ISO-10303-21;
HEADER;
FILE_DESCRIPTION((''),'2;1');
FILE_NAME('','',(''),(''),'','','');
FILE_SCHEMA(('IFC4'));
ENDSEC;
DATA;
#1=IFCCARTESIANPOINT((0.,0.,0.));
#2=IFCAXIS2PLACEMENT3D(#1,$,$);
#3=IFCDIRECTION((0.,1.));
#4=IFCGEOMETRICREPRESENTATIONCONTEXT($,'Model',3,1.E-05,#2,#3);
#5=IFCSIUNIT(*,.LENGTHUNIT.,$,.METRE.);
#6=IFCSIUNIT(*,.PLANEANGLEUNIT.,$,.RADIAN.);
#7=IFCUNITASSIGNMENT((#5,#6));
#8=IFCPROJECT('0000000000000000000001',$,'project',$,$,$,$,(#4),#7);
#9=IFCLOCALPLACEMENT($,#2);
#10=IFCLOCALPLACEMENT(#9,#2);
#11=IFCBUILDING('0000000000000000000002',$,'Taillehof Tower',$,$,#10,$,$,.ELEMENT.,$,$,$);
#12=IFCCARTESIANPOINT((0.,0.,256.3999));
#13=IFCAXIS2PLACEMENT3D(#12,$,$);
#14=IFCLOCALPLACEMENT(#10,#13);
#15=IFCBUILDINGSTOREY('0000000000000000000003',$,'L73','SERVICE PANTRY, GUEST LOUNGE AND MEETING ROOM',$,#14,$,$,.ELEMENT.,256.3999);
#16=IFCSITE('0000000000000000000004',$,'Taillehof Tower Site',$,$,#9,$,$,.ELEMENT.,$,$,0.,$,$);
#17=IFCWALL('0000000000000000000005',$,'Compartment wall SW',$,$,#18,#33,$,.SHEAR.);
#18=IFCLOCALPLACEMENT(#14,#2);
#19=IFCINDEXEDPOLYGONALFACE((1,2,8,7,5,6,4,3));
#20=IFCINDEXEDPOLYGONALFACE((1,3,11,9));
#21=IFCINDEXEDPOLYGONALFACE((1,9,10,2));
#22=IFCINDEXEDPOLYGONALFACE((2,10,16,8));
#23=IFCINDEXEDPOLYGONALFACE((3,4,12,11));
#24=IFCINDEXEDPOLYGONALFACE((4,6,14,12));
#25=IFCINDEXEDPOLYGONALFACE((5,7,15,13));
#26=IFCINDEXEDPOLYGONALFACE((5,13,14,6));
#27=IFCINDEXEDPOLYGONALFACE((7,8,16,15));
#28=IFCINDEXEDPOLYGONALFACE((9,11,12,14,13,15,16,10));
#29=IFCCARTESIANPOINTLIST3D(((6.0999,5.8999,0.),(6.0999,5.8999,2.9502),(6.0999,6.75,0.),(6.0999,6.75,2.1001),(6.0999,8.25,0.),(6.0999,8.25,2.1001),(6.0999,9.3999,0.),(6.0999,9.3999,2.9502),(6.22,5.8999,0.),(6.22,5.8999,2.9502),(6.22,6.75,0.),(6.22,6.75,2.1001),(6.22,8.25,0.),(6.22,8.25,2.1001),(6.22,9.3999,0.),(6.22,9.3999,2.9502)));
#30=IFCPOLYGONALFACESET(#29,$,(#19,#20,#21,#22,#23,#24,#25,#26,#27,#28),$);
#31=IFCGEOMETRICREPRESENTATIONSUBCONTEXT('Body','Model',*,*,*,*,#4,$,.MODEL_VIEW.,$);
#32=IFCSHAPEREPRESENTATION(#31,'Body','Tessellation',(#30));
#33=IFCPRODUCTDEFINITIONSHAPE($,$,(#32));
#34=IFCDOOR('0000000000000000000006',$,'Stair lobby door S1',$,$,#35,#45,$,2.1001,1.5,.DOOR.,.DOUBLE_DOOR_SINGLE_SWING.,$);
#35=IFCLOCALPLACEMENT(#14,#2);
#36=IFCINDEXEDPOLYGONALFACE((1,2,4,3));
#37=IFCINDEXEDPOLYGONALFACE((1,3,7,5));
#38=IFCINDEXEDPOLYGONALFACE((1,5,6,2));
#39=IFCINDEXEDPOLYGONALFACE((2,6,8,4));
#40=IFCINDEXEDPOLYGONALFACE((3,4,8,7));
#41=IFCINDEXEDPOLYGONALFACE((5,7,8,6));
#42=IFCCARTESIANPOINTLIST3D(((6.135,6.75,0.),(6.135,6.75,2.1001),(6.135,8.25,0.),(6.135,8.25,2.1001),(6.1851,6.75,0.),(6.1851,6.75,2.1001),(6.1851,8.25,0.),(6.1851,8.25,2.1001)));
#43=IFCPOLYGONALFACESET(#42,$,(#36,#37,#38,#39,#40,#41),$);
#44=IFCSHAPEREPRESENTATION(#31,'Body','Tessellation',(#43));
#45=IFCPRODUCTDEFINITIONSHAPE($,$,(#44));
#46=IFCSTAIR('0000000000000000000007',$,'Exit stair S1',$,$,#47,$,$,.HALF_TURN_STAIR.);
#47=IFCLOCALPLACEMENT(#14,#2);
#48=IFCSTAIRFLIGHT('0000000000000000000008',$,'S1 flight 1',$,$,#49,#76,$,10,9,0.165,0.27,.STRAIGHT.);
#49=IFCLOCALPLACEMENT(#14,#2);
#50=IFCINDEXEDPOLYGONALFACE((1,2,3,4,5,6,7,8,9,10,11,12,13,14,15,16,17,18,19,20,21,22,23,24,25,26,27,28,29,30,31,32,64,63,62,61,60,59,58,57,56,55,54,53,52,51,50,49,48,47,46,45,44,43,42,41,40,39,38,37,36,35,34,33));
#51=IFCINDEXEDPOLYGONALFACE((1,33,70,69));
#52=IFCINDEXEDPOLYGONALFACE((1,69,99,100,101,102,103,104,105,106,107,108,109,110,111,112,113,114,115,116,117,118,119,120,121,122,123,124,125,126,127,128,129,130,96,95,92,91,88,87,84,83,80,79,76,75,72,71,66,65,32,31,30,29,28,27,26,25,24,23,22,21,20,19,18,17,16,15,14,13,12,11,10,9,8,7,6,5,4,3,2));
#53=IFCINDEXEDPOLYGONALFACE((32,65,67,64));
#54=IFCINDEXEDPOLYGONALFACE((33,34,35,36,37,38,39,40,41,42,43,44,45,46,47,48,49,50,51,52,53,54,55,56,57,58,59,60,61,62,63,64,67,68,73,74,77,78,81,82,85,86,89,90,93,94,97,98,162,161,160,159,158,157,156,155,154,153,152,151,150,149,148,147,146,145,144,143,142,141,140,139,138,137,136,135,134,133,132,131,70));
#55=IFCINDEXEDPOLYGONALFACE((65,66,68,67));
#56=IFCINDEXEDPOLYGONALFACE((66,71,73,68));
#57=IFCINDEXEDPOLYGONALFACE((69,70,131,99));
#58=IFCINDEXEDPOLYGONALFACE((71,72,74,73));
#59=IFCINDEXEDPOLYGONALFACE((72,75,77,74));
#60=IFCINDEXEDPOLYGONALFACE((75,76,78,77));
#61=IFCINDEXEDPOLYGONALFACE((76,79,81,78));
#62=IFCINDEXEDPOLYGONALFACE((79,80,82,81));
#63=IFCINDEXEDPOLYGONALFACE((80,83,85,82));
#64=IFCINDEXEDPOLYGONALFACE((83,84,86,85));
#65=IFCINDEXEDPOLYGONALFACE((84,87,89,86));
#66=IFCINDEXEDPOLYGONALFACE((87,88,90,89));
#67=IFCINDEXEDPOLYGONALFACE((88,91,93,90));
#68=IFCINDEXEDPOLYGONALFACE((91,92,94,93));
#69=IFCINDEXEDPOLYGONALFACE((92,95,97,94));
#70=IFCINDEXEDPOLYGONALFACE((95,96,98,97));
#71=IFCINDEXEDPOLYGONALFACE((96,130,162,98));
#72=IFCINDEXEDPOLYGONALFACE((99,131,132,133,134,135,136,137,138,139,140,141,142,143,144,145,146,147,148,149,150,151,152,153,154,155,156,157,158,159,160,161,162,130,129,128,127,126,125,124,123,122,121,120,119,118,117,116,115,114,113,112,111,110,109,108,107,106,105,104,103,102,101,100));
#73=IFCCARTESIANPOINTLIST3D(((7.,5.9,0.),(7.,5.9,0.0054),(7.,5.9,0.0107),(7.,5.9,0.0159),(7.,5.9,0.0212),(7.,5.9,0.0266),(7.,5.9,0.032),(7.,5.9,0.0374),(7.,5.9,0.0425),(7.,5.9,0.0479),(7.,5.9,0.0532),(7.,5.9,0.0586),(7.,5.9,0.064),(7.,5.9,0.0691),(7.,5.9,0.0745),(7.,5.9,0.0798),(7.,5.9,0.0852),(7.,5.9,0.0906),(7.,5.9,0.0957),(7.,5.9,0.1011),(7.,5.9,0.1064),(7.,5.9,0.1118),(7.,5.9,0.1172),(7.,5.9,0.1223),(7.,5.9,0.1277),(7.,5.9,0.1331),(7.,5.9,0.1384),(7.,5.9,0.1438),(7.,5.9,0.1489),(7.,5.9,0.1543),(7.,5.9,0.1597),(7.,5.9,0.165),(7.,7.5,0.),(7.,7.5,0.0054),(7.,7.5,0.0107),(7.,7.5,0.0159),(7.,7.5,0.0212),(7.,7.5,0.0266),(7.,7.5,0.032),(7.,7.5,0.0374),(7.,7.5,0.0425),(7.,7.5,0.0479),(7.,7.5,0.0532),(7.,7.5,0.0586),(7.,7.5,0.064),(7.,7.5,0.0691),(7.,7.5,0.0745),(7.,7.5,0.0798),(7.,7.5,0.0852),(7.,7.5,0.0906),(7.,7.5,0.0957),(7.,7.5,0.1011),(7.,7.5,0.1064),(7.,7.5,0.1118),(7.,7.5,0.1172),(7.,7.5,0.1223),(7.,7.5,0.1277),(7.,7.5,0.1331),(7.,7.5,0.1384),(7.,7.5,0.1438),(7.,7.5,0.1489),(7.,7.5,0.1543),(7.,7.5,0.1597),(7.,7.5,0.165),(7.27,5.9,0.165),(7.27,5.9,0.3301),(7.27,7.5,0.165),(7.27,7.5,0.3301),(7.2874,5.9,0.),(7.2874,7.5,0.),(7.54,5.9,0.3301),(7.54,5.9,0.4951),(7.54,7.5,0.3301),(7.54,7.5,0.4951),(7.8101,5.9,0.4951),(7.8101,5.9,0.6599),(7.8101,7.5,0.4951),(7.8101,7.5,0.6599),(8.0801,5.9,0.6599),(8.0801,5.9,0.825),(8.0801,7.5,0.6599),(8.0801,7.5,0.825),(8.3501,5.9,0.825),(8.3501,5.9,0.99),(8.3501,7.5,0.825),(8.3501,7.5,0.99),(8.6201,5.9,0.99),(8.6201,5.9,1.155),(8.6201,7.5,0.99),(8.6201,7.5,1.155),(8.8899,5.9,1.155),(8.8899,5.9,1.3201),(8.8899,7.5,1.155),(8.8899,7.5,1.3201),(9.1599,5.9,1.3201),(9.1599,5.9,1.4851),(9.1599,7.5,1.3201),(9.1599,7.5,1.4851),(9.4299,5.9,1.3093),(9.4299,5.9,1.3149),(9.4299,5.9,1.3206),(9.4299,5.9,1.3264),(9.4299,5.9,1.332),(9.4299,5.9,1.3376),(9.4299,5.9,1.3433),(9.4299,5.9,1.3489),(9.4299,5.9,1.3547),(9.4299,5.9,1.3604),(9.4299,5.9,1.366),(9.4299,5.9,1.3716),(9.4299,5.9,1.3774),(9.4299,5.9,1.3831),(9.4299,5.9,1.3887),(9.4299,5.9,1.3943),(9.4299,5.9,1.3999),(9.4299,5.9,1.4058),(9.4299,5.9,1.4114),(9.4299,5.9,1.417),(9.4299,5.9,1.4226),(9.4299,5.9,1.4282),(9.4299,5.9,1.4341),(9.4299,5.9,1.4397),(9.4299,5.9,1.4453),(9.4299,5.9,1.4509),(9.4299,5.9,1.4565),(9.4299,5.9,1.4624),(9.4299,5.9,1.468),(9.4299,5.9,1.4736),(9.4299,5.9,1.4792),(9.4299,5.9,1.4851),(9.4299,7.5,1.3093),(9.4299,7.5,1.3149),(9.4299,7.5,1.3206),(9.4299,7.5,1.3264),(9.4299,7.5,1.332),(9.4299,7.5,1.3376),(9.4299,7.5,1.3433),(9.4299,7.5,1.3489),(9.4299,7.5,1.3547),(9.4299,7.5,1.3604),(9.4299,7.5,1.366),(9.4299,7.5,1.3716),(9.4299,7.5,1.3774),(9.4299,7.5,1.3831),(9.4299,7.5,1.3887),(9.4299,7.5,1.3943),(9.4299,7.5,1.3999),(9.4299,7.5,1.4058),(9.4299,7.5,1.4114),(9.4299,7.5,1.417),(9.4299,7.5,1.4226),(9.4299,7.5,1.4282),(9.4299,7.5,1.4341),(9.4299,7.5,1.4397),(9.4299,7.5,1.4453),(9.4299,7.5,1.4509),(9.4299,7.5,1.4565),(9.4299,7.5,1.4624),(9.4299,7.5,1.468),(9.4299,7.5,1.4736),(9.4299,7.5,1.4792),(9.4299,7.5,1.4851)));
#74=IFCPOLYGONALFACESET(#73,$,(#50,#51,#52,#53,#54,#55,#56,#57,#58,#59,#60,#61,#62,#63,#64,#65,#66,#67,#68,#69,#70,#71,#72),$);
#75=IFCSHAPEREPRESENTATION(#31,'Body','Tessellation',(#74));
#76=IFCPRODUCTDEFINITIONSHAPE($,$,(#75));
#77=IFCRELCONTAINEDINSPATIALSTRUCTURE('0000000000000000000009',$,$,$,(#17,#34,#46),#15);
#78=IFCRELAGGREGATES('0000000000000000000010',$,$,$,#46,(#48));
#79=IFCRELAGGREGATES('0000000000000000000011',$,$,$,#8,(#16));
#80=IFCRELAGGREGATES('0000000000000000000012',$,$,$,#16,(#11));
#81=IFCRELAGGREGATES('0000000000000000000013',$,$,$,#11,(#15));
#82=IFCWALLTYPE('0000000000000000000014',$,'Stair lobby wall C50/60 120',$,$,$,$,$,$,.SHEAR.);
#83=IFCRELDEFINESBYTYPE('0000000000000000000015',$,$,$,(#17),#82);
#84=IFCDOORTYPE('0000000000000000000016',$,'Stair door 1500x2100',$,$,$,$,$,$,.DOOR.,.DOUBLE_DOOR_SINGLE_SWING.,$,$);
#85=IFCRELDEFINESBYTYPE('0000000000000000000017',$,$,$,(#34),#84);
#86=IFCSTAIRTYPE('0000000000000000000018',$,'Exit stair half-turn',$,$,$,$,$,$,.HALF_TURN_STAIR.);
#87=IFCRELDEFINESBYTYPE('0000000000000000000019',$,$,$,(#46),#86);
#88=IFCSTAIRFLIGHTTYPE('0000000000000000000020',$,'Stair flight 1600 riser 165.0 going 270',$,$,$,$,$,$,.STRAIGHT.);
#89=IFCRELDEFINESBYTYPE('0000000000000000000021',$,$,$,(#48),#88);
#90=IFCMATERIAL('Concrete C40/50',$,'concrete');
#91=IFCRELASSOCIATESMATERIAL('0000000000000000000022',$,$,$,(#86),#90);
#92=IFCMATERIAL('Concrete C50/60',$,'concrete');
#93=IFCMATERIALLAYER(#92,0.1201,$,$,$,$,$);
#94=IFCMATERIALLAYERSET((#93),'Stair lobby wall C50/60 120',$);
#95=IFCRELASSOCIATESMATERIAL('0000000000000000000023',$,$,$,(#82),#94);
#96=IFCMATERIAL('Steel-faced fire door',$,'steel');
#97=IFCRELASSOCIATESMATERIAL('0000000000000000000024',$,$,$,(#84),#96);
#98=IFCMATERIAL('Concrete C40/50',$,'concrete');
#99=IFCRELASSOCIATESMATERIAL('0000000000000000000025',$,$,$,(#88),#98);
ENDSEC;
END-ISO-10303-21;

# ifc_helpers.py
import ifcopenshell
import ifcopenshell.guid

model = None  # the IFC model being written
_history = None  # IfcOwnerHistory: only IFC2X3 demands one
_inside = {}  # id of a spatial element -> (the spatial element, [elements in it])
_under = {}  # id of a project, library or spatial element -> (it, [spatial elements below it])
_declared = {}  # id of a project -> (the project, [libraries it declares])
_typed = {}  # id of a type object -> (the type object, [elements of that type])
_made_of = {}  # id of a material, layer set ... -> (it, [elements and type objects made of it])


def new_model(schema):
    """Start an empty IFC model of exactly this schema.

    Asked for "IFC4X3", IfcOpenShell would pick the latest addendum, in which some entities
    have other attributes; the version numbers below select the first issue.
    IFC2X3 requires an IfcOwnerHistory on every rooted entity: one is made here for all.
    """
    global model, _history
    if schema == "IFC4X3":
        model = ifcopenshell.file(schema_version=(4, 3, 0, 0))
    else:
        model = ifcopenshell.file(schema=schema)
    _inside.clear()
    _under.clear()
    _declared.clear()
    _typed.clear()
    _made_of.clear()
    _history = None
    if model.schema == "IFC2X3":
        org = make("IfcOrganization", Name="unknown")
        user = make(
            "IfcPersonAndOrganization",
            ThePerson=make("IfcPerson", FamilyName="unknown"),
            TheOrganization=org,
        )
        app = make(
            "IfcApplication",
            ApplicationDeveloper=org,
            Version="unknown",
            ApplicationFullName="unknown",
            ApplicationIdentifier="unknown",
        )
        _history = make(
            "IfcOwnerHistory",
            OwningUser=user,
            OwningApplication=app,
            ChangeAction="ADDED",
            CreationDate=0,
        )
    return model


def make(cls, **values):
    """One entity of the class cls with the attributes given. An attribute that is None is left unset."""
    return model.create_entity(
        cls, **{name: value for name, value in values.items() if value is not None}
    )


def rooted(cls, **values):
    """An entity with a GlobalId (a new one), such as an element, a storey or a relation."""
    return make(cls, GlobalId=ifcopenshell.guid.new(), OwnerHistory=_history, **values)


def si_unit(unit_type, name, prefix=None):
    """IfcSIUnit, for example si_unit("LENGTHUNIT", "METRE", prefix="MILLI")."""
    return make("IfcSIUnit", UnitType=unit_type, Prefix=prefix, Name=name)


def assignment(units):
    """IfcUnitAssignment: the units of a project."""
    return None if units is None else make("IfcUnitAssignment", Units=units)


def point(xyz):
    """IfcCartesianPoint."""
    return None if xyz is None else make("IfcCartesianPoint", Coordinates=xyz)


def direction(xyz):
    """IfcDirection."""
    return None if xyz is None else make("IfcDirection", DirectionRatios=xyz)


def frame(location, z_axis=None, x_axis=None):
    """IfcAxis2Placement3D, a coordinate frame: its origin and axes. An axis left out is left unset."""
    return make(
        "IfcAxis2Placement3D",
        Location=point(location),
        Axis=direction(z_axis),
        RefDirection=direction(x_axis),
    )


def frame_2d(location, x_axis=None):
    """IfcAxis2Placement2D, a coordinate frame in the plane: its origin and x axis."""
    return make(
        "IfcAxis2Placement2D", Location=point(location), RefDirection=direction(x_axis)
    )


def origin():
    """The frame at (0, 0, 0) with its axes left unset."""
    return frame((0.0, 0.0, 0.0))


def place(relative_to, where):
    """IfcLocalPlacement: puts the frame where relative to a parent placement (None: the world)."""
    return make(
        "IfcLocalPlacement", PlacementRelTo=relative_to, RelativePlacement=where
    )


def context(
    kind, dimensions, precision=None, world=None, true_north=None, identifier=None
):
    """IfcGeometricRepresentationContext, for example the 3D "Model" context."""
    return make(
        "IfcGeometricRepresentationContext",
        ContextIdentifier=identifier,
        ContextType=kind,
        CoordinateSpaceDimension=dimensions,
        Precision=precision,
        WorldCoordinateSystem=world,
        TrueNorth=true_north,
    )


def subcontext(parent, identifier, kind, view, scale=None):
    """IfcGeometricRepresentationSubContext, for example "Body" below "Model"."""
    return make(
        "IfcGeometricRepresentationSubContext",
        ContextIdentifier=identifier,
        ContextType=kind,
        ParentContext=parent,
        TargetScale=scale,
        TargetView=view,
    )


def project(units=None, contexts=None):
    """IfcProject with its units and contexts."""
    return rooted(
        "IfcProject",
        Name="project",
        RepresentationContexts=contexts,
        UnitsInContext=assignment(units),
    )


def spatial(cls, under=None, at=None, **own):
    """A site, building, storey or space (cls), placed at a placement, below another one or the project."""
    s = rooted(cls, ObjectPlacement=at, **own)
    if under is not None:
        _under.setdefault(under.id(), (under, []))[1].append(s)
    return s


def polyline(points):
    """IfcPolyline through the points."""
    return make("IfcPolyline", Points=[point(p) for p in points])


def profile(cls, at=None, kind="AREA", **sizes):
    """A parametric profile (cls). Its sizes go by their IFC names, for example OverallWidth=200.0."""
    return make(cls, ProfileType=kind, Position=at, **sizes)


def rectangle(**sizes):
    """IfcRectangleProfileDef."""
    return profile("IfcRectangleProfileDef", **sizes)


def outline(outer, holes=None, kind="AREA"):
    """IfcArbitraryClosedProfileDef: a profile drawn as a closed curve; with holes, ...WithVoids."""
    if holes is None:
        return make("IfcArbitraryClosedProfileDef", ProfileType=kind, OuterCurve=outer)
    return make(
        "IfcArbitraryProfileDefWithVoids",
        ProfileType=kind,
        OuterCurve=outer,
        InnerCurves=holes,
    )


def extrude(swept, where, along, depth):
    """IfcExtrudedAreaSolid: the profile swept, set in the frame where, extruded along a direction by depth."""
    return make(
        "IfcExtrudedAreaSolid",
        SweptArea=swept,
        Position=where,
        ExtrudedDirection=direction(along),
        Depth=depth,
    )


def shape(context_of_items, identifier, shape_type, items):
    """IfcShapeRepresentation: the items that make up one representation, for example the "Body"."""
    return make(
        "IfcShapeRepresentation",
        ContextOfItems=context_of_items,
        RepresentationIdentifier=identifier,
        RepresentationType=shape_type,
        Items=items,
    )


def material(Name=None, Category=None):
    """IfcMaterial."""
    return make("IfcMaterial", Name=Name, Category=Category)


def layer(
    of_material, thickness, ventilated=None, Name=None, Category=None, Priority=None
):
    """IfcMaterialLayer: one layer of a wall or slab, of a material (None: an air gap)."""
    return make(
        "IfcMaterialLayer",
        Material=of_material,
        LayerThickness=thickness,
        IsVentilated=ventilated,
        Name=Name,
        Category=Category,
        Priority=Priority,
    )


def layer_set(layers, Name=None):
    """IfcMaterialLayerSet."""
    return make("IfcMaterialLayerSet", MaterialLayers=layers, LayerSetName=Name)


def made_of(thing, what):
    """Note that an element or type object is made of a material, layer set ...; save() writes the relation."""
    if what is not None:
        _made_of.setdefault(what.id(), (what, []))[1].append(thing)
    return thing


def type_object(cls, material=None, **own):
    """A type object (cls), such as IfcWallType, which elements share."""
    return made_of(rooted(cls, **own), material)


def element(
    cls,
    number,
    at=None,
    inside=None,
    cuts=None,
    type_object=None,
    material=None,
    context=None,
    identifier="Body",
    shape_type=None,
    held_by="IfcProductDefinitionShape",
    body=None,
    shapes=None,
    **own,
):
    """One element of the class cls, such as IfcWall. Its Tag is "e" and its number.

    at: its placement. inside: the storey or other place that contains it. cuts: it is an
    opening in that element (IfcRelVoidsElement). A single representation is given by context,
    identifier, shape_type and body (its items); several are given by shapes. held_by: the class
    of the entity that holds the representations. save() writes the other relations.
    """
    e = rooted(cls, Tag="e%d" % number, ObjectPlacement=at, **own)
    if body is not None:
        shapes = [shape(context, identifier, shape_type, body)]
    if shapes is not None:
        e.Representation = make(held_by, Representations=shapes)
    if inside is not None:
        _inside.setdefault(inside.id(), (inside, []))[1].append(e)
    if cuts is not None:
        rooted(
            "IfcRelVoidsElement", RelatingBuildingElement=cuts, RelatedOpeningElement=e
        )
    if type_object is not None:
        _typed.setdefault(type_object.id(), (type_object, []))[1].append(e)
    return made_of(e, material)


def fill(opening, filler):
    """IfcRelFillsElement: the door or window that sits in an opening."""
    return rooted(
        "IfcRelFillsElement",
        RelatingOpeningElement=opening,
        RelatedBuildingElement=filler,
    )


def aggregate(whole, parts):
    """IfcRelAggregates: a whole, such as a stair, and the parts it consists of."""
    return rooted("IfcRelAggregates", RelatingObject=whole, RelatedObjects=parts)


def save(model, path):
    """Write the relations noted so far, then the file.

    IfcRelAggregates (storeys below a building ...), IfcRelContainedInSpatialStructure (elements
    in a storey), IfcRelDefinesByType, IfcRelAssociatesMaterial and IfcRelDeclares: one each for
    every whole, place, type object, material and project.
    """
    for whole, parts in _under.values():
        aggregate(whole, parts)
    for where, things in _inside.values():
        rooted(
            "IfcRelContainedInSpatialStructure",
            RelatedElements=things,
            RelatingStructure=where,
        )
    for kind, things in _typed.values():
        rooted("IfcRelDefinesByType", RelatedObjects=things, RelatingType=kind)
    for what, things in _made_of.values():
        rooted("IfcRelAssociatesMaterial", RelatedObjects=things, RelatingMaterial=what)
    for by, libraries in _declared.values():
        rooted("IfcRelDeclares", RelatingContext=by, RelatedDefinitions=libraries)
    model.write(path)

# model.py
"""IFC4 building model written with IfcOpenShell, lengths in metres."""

from ifc_helpers import new_model, si_unit, direction, frame, frame_2d, origin, place, context, subcontext, project, spatial, polyline, rectangle, outline, extrude, material, layer, layer_set, type_object, element, fill, aggregate, save


model = new_model("IFC4")

# Units and contexts
model_context = context("Model", 3, precision=1e-05, world=origin(), true_north=direction((0.0, 1.0)))
body_context = subcontext(model_context, "Body", "Model", "MODEL_VIEW")
ifc_project = project(units=[si_unit("LENGTHUNIT", "METRE"), si_unit("PLANEANGLEUNIT", "RADIAN")], contexts=[model_context])

# Site, building, storey
site_placement = place(None, origin())
site = spatial("IfcSite", under=ifc_project, at=site_placement, Name="Taillehof Tower Site", CompositionType="ELEMENT", RefElevation=0.0)
building_placement = place(site_placement, origin())
building = spatial("IfcBuilding", under=site, at=building_placement, Name="Taillehof Tower", CompositionType="ELEMENT")
storey_placement = place(building_placement, frame((0.0, 0.0, 256.3999)))
storey = spatial("IfcBuildingStorey", under=building, at=storey_placement, Name="L73", Description="SERVICE PANTRY, GUEST LOUNGE AND MEETING ROOM", CompositionType="ELEMENT", Elevation=256.3999)

# Shared definitions
ifc_material_1 = material(Name="Concrete C40/50", Category="concrete")
stair_type = type_object("IfcStairType", Name="Exit stair half-turn", PredefinedType="HALF_TURN_STAIR", material=ifc_material_1)

# Wall, opening, door
ifc_material_2 = material(Name="Concrete C50/60", Category="concrete")
ifc_layer_1 = layer(ifc_material_2, 0.1201)
ifc_layer_set_1 = layer_set([ifc_layer_1], Name="Stair lobby wall C50/60 120")
wall_type_1 = type_object("IfcWallType", Name="Stair lobby wall C50/60 120", PredefinedType="SHEAR", material=ifc_layer_set_1)
wall_1_placement = place(storey_placement, frame((6.1599, 5.8999, 0.0), z_axis=(0.0, 0.0, 1.0), x_axis=(0.0, 1.0, 0.0)))
wall_1 = element("IfcWall", 1, at=wall_1_placement, inside=storey, type_object=wall_type_1, Name="Compartment wall SW", PredefinedType="SHEAR", context=body_context, shape_type="SweptSolid", body=[
    extrude(rectangle(XDim=3.5, YDim=0.1201, at=frame_2d((1.75, 0.0))), origin(), (0.0, 0.0, 1.0), 2.9502),
])
opening_1_placement = place(wall_1_placement, frame((0.8501, 0.0, 0.0)))
opening_1 = element("IfcOpeningElement", 2, at=opening_1_placement, cuts=wall_1, PredefinedType="OPENING", context=body_context, shape_type="SweptSolid", body=[
    extrude(rectangle(XDim=1.5, YDim=2.1001, at=frame_2d((0.75, 1.05))), frame((0.0, 0.0701, 0.0), z_axis=(0.0, -1.0, 0.0), x_axis=(1.0, 0.0, 0.0)), (0.0, 0.0, 1.0), 0.1401),
])
ifc_material_3 = material(Name="Steel-faced fire door", Category="steel")
door_type_1 = type_object("IfcDoorType", Name="Stair door 1500x2100", OperationType="DOUBLE_DOOR_SINGLE_SWING", PredefinedType="DOOR", material=ifc_material_3)
door_1_placement = place(opening_1_placement, origin())
door_1 = element("IfcDoor", 3, at=door_1_placement, inside=storey, type_object=door_type_1, Name="Stair lobby door S1", OperationType="DOUBLE_DOOR_SINGLE_SWING", OverallHeight=2.1001, OverallWidth=1.5, PredefinedType="DOOR", context=body_context, shape_type="SweptSolid", body=[
    extrude(rectangle(XDim=1.5, YDim=2.1001, at=frame_2d((0.75, 1.05))), frame((0.0, 0.0249, 0.0), z_axis=(0.0, -1.0, 0.0), x_axis=(1.0, 0.0, 0.0)), (0.0, 0.0, 1.0), 0.05),
])
fill(opening_1, door_1)

# Stair, stair flight
stair_1_placement = place(storey_placement, origin())
stair_1 = element("IfcStair", 4, at=stair_1_placement, inside=storey, type_object=stair_type, Name="Exit stair S1", PredefinedType="HALF_TURN_STAIR")
ifc_material_4 = material(Name="Concrete C40/50", Category="concrete")
stair_flight_type = type_object("IfcStairFlightType", Name="Stair flight 1600 riser 165.0 going 270", PredefinedType="STRAIGHT", material=ifc_material_4)
stair_flight_placement = place(storey_placement, frame((7.0, 6.7, 0.0), z_axis=(0.0, 0.0, 1.0), x_axis=(1.0, 0.0, 0.0)))
stair_flight = element("IfcStairFlight", 5, at=stair_flight_placement, type_object=stair_flight_type, Name="S1 flight 1", NumberOfRisers=10, NumberOfTreads=9, PredefinedType="STRAIGHT", RiserHeight=0.165, TreadLength=0.27, context=body_context, shape_type="SweptSolid", body=[
    extrude(outline(polyline([(0.0, 0.0), (0.0, 0.0054), (0.0, 0.0107), (0.0, 0.0159), (0.0, 0.0212), (0.0, 0.0266), (0.0, 0.032), (0.0, 0.0374), (0.0, 0.0425), (0.0, 0.0479), (0.0, 0.0532), (0.0, 0.0586), (0.0, 0.064), (0.0, 0.0691), (0.0, 0.0745), (0.0, 0.0798), (0.0, 0.0852), (0.0, 0.0906), (0.0, 0.0957), (0.0, 0.1011), (0.0, 0.1064), (0.0, 0.1118), (0.0, 0.1172), (0.0, 0.1223), (0.0, 0.1277), (0.0, 0.1331), (0.0, 0.1384), (0.0, 0.1438), (0.0, 0.1489), (0.0, 0.1543), (0.0, 0.1597), (0.0, 0.165), (0.27, 0.165), (0.27, 0.3301), (0.54, 0.3301), (0.54, 0.4951), (0.8101, 0.4951), (0.8101, 0.6599), (1.0801, 0.6599), (1.0801, 0.825), (1.3501, 0.825), (1.3501, 0.99), (1.6201, 0.99), (1.6201, 1.155), (1.8899, 1.155), (1.8899, 1.3201), (2.1599, 1.3201), (2.1599, 1.4851), (2.4299, 1.4851), (2.4299, 1.4792), (2.4299, 1.4736), (2.4299, 1.468), (2.4299, 1.4624), (2.4299, 1.4565), (2.4299, 1.4509), (2.4299, 1.4453), (2.4299, 1.4397), (2.4299, 1.4341), (2.4299, 1.4282), (2.4299, 1.4226), (2.4299, 1.417), (2.4299, 1.4114), (2.4299, 1.4058), (2.4299, 1.3999), (2.4299, 1.3943), (2.4299, 1.3887), (2.4299, 1.3831), (2.4299, 1.3774), (2.4299, 1.3716), (2.4299, 1.366), (2.4299, 1.3604), (2.4299, 1.3547), (2.4299, 1.3489), (2.4299, 1.3433), (2.4299, 1.3376), (2.4299, 1.332), (2.4299, 1.3264), (2.4299, 1.3206), (2.4299, 1.3149), (2.4299, 1.3093), (0.2874, 0.0), (0.0, 0.0)])), frame((0.0, 0.8, 0.0), z_axis=(0.0, -1.0, 0.0), x_axis=(1.0, 0.0, 0.0)), (0.0, 0.0, 1.0), 1.6),
])
aggregate(stair_1, [stair_flight])

save(model, "model.ifc")
